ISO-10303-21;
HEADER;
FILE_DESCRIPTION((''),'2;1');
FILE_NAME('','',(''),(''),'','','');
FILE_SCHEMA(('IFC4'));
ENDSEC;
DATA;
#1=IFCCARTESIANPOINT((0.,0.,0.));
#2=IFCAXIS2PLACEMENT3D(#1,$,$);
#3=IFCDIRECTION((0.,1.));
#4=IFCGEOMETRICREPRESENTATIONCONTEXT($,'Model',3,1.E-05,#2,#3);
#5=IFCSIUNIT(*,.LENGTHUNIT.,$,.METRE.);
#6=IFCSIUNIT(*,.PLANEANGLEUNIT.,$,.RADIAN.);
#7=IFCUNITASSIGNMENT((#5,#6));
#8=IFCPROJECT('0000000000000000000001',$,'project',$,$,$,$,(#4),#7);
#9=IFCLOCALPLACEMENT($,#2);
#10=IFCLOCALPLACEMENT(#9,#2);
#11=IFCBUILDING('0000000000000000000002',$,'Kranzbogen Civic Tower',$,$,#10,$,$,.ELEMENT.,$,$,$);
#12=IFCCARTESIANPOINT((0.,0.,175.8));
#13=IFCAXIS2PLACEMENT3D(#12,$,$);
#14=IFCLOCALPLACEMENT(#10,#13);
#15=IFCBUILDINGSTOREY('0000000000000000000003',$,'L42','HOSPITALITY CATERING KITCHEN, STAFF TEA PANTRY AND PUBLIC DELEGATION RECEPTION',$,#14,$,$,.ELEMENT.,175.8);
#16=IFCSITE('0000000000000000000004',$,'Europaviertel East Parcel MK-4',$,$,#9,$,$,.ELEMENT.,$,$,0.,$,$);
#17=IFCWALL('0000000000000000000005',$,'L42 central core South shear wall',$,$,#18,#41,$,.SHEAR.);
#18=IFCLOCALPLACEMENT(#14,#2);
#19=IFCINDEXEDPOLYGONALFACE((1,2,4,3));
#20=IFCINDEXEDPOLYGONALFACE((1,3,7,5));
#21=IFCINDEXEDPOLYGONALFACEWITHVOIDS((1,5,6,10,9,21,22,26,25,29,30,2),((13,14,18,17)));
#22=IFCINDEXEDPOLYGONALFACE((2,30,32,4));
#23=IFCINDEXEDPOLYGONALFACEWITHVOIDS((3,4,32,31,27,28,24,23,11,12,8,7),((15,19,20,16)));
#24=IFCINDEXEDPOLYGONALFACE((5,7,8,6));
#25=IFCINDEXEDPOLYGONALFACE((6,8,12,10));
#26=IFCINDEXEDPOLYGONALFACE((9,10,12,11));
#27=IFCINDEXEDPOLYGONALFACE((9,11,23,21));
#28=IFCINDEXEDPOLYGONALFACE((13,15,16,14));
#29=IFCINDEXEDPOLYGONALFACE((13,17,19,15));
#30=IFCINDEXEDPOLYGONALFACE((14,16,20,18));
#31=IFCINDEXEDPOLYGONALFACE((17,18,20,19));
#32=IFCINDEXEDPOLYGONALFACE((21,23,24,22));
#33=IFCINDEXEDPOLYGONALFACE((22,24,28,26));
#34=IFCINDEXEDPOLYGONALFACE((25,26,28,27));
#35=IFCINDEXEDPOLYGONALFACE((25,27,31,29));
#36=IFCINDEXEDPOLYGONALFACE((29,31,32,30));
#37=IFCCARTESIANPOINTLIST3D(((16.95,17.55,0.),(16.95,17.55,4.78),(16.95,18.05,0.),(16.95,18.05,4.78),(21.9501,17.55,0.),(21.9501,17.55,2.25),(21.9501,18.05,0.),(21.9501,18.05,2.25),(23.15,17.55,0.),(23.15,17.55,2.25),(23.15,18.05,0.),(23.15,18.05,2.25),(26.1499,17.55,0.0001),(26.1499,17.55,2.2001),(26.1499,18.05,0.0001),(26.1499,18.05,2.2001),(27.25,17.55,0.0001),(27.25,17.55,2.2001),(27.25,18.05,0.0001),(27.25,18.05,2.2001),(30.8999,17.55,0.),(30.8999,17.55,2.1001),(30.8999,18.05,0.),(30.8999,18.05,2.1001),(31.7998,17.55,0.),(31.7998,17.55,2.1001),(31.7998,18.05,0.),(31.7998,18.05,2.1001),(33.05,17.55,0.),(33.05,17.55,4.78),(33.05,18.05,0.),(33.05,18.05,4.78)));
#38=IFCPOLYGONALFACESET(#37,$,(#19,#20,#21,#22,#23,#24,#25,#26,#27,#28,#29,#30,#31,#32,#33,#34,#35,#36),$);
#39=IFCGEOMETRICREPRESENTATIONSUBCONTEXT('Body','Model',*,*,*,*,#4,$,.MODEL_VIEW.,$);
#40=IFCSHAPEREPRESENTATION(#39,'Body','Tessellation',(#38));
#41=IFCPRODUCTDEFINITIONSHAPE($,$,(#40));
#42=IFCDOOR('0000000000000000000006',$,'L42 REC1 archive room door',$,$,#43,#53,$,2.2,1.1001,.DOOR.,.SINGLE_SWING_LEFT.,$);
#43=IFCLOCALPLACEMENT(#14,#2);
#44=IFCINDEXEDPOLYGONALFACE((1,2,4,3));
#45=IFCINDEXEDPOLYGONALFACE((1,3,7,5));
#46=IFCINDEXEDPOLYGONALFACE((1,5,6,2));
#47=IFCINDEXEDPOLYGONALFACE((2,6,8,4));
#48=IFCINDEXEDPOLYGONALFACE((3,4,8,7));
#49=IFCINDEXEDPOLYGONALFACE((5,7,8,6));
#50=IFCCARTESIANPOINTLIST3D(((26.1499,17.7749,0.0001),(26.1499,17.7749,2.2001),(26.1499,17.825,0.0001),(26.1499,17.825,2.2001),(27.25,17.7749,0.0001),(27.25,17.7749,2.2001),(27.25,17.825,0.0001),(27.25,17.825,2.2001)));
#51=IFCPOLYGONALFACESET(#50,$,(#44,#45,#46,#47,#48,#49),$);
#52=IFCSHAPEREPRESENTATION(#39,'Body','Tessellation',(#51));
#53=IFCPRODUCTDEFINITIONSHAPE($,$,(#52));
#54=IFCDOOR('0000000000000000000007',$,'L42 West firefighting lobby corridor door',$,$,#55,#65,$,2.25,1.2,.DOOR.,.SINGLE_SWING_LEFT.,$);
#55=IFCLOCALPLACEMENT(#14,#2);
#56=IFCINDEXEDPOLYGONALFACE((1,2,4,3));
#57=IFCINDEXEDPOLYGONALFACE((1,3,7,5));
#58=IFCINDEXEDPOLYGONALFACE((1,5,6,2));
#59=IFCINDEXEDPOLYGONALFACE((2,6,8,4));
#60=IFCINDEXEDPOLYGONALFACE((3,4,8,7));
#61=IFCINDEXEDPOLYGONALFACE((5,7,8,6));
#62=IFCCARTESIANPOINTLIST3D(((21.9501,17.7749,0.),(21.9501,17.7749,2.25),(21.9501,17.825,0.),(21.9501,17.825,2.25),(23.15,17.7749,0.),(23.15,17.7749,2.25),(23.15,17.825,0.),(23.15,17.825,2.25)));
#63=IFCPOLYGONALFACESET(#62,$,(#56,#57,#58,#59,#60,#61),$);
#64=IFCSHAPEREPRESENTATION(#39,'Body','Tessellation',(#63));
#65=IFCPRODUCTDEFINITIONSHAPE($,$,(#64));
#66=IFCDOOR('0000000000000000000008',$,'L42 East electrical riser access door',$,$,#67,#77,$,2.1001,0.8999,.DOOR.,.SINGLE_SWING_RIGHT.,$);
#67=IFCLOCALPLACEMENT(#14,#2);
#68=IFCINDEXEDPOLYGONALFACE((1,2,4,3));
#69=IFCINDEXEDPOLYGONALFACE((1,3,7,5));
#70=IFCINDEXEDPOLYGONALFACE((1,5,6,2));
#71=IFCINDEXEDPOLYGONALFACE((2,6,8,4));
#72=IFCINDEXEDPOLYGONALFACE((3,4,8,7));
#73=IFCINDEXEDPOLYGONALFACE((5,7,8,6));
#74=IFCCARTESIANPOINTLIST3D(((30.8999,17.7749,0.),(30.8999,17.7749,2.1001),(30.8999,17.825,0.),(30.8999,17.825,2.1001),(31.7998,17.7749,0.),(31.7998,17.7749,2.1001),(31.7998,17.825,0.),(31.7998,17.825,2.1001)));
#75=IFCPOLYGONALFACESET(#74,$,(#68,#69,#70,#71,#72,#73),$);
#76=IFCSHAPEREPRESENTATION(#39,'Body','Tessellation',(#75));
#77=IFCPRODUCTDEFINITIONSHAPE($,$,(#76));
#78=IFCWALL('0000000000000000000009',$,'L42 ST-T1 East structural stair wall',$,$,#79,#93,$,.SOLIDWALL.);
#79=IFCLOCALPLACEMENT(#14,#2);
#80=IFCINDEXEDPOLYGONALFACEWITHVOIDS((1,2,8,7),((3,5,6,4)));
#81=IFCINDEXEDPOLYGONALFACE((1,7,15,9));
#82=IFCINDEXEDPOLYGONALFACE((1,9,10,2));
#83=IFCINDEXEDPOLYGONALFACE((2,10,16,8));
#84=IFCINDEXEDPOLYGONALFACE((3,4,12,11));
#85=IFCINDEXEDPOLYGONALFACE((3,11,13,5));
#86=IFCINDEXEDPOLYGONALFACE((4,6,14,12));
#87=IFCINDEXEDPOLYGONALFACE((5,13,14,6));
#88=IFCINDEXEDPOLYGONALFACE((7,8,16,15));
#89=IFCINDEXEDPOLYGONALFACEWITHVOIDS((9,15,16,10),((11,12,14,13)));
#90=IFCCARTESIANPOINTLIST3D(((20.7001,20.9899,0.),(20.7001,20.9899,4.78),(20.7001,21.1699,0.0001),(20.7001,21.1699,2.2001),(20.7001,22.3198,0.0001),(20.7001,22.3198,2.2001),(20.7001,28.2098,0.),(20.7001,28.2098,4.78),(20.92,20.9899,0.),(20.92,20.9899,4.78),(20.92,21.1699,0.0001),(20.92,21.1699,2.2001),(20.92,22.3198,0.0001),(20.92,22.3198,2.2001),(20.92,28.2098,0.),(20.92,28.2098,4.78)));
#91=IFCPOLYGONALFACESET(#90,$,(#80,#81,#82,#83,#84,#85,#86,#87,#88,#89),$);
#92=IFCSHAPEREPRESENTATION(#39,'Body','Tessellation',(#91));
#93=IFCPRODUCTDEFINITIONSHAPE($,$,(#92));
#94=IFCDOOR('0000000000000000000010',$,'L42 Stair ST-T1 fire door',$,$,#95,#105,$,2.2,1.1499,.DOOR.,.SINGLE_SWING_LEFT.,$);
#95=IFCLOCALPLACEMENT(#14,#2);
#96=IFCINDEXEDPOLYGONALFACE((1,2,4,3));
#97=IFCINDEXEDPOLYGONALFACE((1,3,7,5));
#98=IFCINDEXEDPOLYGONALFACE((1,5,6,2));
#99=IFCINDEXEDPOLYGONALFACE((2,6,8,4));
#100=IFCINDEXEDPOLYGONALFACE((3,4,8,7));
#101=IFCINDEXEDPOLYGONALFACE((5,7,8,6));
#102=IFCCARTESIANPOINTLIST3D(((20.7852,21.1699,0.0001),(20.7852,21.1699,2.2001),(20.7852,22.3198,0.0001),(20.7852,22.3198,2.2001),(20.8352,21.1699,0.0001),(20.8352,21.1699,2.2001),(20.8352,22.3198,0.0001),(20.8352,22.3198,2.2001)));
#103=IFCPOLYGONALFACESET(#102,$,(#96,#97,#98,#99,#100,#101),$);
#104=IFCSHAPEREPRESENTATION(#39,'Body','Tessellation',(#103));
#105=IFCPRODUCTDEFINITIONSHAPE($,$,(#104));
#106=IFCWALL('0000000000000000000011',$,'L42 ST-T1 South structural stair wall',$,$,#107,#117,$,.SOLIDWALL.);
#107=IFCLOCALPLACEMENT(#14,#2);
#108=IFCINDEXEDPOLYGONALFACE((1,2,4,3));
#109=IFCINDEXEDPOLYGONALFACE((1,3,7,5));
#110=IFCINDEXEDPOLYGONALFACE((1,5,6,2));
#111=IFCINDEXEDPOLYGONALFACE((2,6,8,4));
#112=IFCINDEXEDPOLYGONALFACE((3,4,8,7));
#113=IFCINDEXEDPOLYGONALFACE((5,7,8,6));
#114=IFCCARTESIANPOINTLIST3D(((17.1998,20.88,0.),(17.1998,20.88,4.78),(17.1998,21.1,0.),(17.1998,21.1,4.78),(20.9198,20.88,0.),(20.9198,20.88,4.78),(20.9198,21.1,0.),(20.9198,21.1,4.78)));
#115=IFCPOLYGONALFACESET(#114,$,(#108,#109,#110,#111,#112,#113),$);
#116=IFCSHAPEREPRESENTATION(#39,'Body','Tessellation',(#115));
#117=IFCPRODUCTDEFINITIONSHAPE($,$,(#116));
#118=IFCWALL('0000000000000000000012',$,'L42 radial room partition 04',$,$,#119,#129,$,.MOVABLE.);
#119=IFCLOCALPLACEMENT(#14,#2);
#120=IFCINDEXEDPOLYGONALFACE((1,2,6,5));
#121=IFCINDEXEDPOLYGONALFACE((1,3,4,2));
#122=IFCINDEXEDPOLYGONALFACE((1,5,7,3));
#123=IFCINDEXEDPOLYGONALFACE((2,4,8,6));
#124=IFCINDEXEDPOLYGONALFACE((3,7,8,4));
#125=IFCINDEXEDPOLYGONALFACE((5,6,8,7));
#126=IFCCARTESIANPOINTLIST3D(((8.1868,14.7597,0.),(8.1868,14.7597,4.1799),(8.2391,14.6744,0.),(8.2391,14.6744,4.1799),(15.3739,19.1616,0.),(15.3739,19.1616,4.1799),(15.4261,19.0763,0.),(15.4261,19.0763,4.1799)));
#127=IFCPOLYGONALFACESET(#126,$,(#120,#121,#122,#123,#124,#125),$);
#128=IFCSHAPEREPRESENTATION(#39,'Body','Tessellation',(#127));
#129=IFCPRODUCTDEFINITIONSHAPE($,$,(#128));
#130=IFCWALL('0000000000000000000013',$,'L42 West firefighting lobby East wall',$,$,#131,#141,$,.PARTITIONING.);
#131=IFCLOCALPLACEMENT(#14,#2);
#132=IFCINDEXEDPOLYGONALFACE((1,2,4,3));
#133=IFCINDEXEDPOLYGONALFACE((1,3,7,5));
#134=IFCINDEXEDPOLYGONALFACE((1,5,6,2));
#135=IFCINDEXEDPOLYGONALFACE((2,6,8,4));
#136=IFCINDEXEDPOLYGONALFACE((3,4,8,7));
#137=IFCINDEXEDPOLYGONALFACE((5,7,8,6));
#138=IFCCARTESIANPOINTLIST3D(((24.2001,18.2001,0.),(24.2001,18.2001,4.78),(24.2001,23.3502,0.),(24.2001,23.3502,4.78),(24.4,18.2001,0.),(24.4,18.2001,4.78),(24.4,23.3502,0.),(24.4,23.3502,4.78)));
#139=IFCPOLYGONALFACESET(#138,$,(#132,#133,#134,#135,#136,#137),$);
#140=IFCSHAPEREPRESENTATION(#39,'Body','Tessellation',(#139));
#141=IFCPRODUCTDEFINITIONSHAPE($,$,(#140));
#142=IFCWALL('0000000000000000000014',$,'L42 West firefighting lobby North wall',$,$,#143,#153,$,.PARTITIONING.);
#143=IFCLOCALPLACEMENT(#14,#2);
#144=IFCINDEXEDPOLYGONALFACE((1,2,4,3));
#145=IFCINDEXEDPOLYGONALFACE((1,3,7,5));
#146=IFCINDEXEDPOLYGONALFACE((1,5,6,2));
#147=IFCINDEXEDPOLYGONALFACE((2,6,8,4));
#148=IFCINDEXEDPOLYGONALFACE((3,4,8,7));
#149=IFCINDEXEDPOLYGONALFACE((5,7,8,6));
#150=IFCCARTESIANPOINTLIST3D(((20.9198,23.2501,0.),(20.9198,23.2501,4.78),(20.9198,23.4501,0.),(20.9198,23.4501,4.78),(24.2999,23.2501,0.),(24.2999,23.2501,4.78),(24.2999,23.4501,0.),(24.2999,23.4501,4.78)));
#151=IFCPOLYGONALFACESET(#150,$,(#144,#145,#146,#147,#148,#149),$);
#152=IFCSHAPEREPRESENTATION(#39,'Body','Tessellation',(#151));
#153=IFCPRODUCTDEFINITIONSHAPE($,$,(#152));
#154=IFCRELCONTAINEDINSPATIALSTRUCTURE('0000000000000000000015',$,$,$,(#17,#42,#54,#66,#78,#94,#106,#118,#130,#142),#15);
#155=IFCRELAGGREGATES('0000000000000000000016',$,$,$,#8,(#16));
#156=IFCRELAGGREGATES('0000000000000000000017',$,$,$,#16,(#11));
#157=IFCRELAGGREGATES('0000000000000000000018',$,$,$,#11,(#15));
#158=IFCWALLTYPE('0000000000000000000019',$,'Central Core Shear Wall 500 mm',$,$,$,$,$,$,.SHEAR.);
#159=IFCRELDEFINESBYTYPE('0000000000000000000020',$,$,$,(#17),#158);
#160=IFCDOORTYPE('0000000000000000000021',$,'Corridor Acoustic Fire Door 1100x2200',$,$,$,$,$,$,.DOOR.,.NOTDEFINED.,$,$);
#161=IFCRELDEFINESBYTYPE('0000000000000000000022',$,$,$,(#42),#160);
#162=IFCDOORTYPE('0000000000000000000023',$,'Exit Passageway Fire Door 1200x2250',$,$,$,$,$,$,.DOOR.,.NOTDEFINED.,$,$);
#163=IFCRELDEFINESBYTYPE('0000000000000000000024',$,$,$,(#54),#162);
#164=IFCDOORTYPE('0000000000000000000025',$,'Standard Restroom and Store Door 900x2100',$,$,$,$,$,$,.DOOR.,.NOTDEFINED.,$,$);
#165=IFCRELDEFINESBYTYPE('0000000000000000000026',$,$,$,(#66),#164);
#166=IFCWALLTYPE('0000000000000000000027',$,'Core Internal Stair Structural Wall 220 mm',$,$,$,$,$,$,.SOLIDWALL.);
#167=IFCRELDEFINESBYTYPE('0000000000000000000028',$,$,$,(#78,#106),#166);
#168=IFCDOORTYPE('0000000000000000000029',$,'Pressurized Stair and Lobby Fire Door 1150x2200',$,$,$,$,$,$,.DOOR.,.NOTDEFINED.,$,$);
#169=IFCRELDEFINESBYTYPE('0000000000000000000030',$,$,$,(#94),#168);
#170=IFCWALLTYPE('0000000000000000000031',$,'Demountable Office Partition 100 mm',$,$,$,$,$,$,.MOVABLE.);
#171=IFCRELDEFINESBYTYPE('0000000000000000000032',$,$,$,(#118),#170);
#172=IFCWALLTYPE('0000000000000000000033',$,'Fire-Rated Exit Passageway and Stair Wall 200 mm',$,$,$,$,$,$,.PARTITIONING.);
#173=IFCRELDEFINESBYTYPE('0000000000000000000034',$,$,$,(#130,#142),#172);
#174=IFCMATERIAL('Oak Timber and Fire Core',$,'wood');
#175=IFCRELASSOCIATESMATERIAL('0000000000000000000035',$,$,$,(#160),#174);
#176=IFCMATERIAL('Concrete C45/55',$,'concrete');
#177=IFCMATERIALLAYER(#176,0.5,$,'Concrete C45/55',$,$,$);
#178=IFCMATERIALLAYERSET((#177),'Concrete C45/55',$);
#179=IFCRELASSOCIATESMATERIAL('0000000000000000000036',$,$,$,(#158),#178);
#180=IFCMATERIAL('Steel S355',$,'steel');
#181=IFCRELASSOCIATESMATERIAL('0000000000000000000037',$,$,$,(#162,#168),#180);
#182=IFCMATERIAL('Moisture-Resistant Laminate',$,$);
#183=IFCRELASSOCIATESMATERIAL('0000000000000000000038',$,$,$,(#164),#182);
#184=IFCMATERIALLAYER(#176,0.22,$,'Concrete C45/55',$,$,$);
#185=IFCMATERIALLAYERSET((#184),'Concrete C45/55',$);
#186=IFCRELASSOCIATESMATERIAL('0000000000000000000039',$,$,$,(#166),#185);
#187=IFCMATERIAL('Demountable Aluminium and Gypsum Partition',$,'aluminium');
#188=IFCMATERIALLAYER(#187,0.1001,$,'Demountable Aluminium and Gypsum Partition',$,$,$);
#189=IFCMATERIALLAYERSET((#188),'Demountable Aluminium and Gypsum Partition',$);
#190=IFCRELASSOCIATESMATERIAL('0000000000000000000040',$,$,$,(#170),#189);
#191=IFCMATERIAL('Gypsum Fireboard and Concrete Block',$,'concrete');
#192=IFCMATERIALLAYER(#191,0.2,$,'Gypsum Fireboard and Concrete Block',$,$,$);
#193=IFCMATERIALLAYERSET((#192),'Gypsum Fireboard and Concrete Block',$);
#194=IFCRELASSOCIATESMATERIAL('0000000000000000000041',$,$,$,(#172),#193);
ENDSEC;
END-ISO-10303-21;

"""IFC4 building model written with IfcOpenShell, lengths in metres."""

from ifc_helpers import new_model, si_unit, direction, frame, frame_2d, origin, place, context, subcontext, project, spatial, rectangle, extrude, material, layer, layer_set, type_object, element, fill, save


model = new_model("IFC4")

# Units and contexts
model_context = context("Model", 3, precision=1e-05, world=origin(), true_north=direction((0.0, 1.0)))
body_context = subcontext(model_context, "Body", "Model", "MODEL_VIEW")
ifc_project = project(units=[si_unit("LENGTHUNIT", "METRE"), si_unit("PLANEANGLEUNIT", "RADIAN")], contexts=[model_context])

# Site, building, storey
site_placement = place(None, origin())
site = spatial("IfcSite", under=ifc_project, at=site_placement, Name="Europaviertel East Parcel MK-4", CompositionType="ELEMENT", RefElevation=0.0)
building_placement = place(site_placement, origin())
building = spatial("IfcBuilding", under=site, at=building_placement, Name="Kranzbogen Civic Tower", CompositionType="ELEMENT")
storey_placement = place(building_placement, frame((0.0, 0.0, 175.8)))
storey = spatial("IfcBuildingStorey", under=building, at=storey_placement, Name="L42", Description="HOSPITALITY CATERING KITCHEN, STAFF TEA PANTRY AND PUBLIC DELEGATION RECEPTION", CompositionType="ELEMENT", Elevation=175.8)

# Shared definitions
ifc_material_1 = material(Name="Steel S355", Category="steel")

# Shared definitions
ifc_material_2 = material(Name="Oak Timber and Fire Core", Category="wood")
door_type_1 = type_object("IfcDoorType", Name="Corridor Acoustic Fire Door 1100x2200", OperationType="NOTDEFINED", PredefinedType="DOOR", material=ifc_material_2)

# Wall, openings, doors
ifc_material_3 = material(Name="Concrete C45/55", Category="concrete")
ifc_layer_1 = layer(ifc_material_3, 0.5, Name="Concrete C45/55")
ifc_layer_set_1 = layer_set([ifc_layer_1], Name="Concrete C45/55")
wall_type_1 = type_object("IfcWallType", Name="Central Core Shear Wall 500 mm", PredefinedType="SHEAR", material=ifc_layer_set_1)
wall_1_placement = place(storey_placement, frame((16.95, 17.8, 0.0), z_axis=(0.0, 0.0, 1.0), x_axis=(1.0, 0.0, 0.0)))
wall_1 = element("IfcWall", 1, at=wall_1_placement, inside=storey, type_object=wall_type_1, Name="L42 central core South shear wall", PredefinedType="SHEAR", context=body_context, shape_type="SweptSolid", body=[
    extrude(rectangle(XDim=16.1001, YDim=0.5, at=frame_2d((8.05, 0.0))), origin(), (0.0, 0.0, 1.0), 4.78),
])
opening_1_placement = place(wall_1_placement, frame((5.0, 0.0, 0.0)))
opening_1 = element("IfcOpeningElement", 2, at=opening_1_placement, cuts=wall_1, PredefinedType="OPENING", context=body_context, shape_type="SweptSolid", body=[
    extrude(rectangle(XDim=1.2, YDim=2.25, at=frame_2d((0.6001, 1.125))), frame((0.0, 0.26, 0.0), z_axis=(0.0, -1.0, 0.0), x_axis=(1.0, 0.0, 0.0)), (0.0, 0.0, 1.0), 0.52),
])
opening_2_placement = place(wall_1_placement, frame((13.95, 0.0, 0.0)))
opening_2 = element("IfcOpeningElement", 3, at=opening_2_placement, cuts=wall_1, PredefinedType="OPENING", context=body_context, shape_type="SweptSolid", body=[
    extrude(rectangle(XDim=0.8999, YDim=2.1001, at=frame_2d((0.45, 1.05))), frame((0.0, 0.26, 0.0), z_axis=(0.0, -1.0, 0.0), x_axis=(1.0, 0.0, 0.0)), (0.0, 0.0, 1.0), 0.52),
])
opening_3_placement = place(wall_1_placement, frame((9.2, 0.0, 0.0)))
opening_3 = element("IfcOpeningElement", 4, at=opening_3_placement, cuts=wall_1, PredefinedType="OPENING", context=body_context, shape_type="SweptSolid", body=[
    extrude(rectangle(XDim=1.1001, YDim=2.2, at=frame_2d((0.55, 1.1001))), frame((0.0, 0.26, 0.0), z_axis=(0.0, -1.0, 0.0), x_axis=(1.0, 0.0, 0.0)), (0.0, 0.0, 1.0), 0.52),
])
door_1_placement = place(opening_3_placement, origin())
door_1 = element("IfcDoor", 5, at=door_1_placement, inside=storey, type_object=door_type_1, Name="L42 REC1 archive room door", OperationType="SINGLE_SWING_LEFT", OverallHeight=2.2, OverallWidth=1.1001, PredefinedType="DOOR", context=body_context, shape_type="SweptSolid", body=[
    extrude(rectangle(XDim=1.1001, YDim=2.2, at=frame_2d((0.55, 1.1001))), frame((0.0, 0.0249, 0.0), z_axis=(0.0, -1.0, 0.0), x_axis=(1.0, 0.0, 0.0)), (0.0, 0.0, 1.0), 0.05),
])
fill(opening_3, door_1)
door_type_2 = type_object("IfcDoorType", Name="Exit Passageway Fire Door 1200x2250", OperationType="NOTDEFINED", PredefinedType="DOOR", material=ifc_material_1)
door_2_placement = place(opening_1_placement, origin())
door_2 = element("IfcDoor", 6, at=door_2_placement, inside=storey, type_object=door_type_2, Name="L42 West firefighting lobby corridor door", OperationType="SINGLE_SWING_LEFT", OverallHeight=2.25, OverallWidth=1.2, PredefinedType="DOOR", context=body_context, shape_type="SweptSolid", body=[
    extrude(rectangle(XDim=1.2, YDim=2.25, at=frame_2d((0.6001, 1.125))), frame((0.0, 0.0249, 0.0), z_axis=(0.0, -1.0, 0.0), x_axis=(1.0, 0.0, 0.0)), (0.0, 0.0, 1.0), 0.05),
])
fill(opening_1, door_2)
ifc_material_4 = material(Name="Moisture-Resistant Laminate")
door_type_3 = type_object("IfcDoorType", Name="Standard Restroom and Store Door 900x2100", OperationType="NOTDEFINED", PredefinedType="DOOR", material=ifc_material_4)
door_3_placement = place(opening_2_placement, origin())
door_3 = element("IfcDoor", 7, at=door_3_placement, inside=storey, type_object=door_type_3, Name="L42 East electrical riser access door", OperationType="SINGLE_SWING_RIGHT", OverallHeight=2.1001, OverallWidth=0.8999, PredefinedType="DOOR", context=body_context, shape_type="SweptSolid", body=[
    extrude(rectangle(XDim=0.8999, YDim=2.1001, at=frame_2d((0.45, 1.05))), frame((0.0, 0.0249, 0.0), z_axis=(0.0, -1.0, 0.0), x_axis=(1.0, 0.0, 0.0)), (0.0, 0.0, 1.0), 0.05),
])
fill(opening_2, door_3)

# Wall, opening, door
ifc_layer_2 = layer(ifc_material_3, 0.22, Name="Concrete C45/55")
ifc_layer_set_2 = layer_set([ifc_layer_2], Name="Concrete C45/55")
wall_type_2 = type_object("IfcWallType", Name="Core Internal Stair Structural Wall 220 mm", PredefinedType="SOLIDWALL", material=ifc_layer_set_2)
wall_2_placement = place(storey_placement, frame((20.8101, 20.99, 0.0), z_axis=(0.0, 0.0, 1.0), x_axis=(0.0, 1.0, 0.0)))
wall_2 = element("IfcWall", 8, at=wall_2_placement, inside=storey, type_object=wall_type_2, Name="L42 ST-T1 East structural stair wall", PredefinedType="SOLIDWALL", context=body_context, shape_type="SweptSolid", body=[
    extrude(rectangle(XDim=7.22, YDim=0.22, at=frame_2d((3.6099, 0.0))), origin(), (0.0, 0.0, 1.0), 4.78),
])
opening_4_placement = place(wall_2_placement, frame((0.1799, 0.0, 0.0)))
opening_4 = element("IfcOpeningElement", 9, at=opening_4_placement, cuts=wall_2, PredefinedType="OPENING", context=body_context, shape_type="SweptSolid", body=[
    extrude(rectangle(XDim=1.1499, YDim=2.2, at=frame_2d((0.575, 1.1001))), frame((0.0, 0.1201, 0.0), z_axis=(0.0, -1.0, 0.0), x_axis=(1.0, 0.0, 0.0)), (0.0, 0.0, 1.0), 0.24),
])
door_type_4 = type_object("IfcDoorType", Name="Pressurized Stair and Lobby Fire Door 1150x2200", OperationType="NOTDEFINED", PredefinedType="DOOR", material=ifc_material_1)
door_4_placement = place(opening_4_placement, origin())
door_4 = element("IfcDoor", 10, at=door_4_placement, inside=storey, type_object=door_type_4, Name="L42 Stair ST-T1 fire door", OperationType="SINGLE_SWING_LEFT", OverallHeight=2.2, OverallWidth=1.1499, PredefinedType="DOOR", context=body_context, shape_type="SweptSolid", body=[
    extrude(rectangle(XDim=1.1499, YDim=2.2, at=frame_2d((0.575, 1.1001))), frame((0.0, 0.0249, 0.0), z_axis=(0.0, -1.0, 0.0), x_axis=(1.0, 0.0, 0.0)), (0.0, 0.0, 1.0), 0.05),
])
fill(opening_4, door_4)

# Walls
wall_3_placement = place(storey_placement, frame((17.2, 20.99, 0.0), z_axis=(0.0, 0.0, 1.0), x_axis=(1.0, 0.0, 0.0)))
element("IfcWall", 11, at=wall_3_placement, inside=storey, type_object=wall_type_2, Name="L42 ST-T1 South structural stair wall", PredefinedType="SOLIDWALL", context=body_context, shape_type="SweptSolid", body=[
    extrude(rectangle(XDim=3.72, YDim=0.22, at=frame_2d((1.8599, 0.0))), origin(), (0.0, 0.0, 1.0), 4.78),
])
ifc_material_5 = material(Name="Demountable Aluminium and Gypsum Partition", Category="aluminium")
ifc_layer_3 = layer(ifc_material_5, 0.1001, Name="Demountable Aluminium and Gypsum Partition")
ifc_layer_set_3 = layer_set([ifc_layer_3], Name="Demountable Aluminium and Gypsum Partition")
wall_type_3 = type_object("IfcWallType", Name="Demountable Office Partition 100 mm", PredefinedType="MOVABLE", material=ifc_layer_set_3)
wall_4_placement = place(storey_placement, frame((15.3999, 19.1189, 0.0), z_axis=(0.0, 0.0, 1.0), x_axis=(-0.852764, -0.522296, 0.0)))
element("IfcWall", 12, at=wall_4_placement, inside=storey, type_object=wall_type_3, Name="L42 radial room partition 04", PredefinedType="MOVABLE", context=body_context, shape_type="SweptSolid", body=[
    extrude(rectangle(XDim=8.428, YDim=0.1001, at=frame_2d((4.2139, 0.0))), origin(), (0.0, 0.0, 1.0), 4.1799),
])
ifc_material_6 = material(Name="Gypsum Fireboard and Concrete Block", Category="concrete")
ifc_layer_4 = layer(ifc_material_6, 0.2, Name="Gypsum Fireboard and Concrete Block")
ifc_layer_set_4 = layer_set([ifc_layer_4], Name="Gypsum Fireboard and Concrete Block")
wall_type_4 = type_object("IfcWallType", Name="Fire-Rated Exit Passageway and Stair Wall 200 mm", PredefinedType="PARTITIONING", material=ifc_layer_set_4)
wall_5_placement = place(storey_placement, frame((24.3, 18.2, 0.0), z_axis=(0.0, 0.0, 1.0), x_axis=(0.0, 1.0, 0.0)))
element("IfcWall", 13, at=wall_5_placement, inside=storey, type_object=wall_type_4, Name="L42 West firefighting lobby East wall", PredefinedType="PARTITIONING", context=body_context, shape_type="SweptSolid", body=[
    extrude(rectangle(XDim=5.1501, YDim=0.2, at=frame_2d((2.5752, 0.0))), origin(), (0.0, 0.0, 1.0), 4.78),
])
wall_6_placement = place(storey_placement, frame((20.9199, 23.3501, 0.0), z_axis=(0.0, 0.0, 1.0), x_axis=(1.0, 0.0, 0.0)))
element("IfcWall", 14, at=wall_6_placement, inside=storey, type_object=wall_type_4, Name="L42 West firefighting lobby North wall", PredefinedType="PARTITIONING", context=body_context, shape_type="SweptSolid", body=[
    extrude(rectangle(XDim=3.3801, YDim=0.2, at=frame_2d((1.6899, 0.0))), origin(), (0.0, 0.0, 1.0), 4.78),
])

save(model, "model.ifc")
